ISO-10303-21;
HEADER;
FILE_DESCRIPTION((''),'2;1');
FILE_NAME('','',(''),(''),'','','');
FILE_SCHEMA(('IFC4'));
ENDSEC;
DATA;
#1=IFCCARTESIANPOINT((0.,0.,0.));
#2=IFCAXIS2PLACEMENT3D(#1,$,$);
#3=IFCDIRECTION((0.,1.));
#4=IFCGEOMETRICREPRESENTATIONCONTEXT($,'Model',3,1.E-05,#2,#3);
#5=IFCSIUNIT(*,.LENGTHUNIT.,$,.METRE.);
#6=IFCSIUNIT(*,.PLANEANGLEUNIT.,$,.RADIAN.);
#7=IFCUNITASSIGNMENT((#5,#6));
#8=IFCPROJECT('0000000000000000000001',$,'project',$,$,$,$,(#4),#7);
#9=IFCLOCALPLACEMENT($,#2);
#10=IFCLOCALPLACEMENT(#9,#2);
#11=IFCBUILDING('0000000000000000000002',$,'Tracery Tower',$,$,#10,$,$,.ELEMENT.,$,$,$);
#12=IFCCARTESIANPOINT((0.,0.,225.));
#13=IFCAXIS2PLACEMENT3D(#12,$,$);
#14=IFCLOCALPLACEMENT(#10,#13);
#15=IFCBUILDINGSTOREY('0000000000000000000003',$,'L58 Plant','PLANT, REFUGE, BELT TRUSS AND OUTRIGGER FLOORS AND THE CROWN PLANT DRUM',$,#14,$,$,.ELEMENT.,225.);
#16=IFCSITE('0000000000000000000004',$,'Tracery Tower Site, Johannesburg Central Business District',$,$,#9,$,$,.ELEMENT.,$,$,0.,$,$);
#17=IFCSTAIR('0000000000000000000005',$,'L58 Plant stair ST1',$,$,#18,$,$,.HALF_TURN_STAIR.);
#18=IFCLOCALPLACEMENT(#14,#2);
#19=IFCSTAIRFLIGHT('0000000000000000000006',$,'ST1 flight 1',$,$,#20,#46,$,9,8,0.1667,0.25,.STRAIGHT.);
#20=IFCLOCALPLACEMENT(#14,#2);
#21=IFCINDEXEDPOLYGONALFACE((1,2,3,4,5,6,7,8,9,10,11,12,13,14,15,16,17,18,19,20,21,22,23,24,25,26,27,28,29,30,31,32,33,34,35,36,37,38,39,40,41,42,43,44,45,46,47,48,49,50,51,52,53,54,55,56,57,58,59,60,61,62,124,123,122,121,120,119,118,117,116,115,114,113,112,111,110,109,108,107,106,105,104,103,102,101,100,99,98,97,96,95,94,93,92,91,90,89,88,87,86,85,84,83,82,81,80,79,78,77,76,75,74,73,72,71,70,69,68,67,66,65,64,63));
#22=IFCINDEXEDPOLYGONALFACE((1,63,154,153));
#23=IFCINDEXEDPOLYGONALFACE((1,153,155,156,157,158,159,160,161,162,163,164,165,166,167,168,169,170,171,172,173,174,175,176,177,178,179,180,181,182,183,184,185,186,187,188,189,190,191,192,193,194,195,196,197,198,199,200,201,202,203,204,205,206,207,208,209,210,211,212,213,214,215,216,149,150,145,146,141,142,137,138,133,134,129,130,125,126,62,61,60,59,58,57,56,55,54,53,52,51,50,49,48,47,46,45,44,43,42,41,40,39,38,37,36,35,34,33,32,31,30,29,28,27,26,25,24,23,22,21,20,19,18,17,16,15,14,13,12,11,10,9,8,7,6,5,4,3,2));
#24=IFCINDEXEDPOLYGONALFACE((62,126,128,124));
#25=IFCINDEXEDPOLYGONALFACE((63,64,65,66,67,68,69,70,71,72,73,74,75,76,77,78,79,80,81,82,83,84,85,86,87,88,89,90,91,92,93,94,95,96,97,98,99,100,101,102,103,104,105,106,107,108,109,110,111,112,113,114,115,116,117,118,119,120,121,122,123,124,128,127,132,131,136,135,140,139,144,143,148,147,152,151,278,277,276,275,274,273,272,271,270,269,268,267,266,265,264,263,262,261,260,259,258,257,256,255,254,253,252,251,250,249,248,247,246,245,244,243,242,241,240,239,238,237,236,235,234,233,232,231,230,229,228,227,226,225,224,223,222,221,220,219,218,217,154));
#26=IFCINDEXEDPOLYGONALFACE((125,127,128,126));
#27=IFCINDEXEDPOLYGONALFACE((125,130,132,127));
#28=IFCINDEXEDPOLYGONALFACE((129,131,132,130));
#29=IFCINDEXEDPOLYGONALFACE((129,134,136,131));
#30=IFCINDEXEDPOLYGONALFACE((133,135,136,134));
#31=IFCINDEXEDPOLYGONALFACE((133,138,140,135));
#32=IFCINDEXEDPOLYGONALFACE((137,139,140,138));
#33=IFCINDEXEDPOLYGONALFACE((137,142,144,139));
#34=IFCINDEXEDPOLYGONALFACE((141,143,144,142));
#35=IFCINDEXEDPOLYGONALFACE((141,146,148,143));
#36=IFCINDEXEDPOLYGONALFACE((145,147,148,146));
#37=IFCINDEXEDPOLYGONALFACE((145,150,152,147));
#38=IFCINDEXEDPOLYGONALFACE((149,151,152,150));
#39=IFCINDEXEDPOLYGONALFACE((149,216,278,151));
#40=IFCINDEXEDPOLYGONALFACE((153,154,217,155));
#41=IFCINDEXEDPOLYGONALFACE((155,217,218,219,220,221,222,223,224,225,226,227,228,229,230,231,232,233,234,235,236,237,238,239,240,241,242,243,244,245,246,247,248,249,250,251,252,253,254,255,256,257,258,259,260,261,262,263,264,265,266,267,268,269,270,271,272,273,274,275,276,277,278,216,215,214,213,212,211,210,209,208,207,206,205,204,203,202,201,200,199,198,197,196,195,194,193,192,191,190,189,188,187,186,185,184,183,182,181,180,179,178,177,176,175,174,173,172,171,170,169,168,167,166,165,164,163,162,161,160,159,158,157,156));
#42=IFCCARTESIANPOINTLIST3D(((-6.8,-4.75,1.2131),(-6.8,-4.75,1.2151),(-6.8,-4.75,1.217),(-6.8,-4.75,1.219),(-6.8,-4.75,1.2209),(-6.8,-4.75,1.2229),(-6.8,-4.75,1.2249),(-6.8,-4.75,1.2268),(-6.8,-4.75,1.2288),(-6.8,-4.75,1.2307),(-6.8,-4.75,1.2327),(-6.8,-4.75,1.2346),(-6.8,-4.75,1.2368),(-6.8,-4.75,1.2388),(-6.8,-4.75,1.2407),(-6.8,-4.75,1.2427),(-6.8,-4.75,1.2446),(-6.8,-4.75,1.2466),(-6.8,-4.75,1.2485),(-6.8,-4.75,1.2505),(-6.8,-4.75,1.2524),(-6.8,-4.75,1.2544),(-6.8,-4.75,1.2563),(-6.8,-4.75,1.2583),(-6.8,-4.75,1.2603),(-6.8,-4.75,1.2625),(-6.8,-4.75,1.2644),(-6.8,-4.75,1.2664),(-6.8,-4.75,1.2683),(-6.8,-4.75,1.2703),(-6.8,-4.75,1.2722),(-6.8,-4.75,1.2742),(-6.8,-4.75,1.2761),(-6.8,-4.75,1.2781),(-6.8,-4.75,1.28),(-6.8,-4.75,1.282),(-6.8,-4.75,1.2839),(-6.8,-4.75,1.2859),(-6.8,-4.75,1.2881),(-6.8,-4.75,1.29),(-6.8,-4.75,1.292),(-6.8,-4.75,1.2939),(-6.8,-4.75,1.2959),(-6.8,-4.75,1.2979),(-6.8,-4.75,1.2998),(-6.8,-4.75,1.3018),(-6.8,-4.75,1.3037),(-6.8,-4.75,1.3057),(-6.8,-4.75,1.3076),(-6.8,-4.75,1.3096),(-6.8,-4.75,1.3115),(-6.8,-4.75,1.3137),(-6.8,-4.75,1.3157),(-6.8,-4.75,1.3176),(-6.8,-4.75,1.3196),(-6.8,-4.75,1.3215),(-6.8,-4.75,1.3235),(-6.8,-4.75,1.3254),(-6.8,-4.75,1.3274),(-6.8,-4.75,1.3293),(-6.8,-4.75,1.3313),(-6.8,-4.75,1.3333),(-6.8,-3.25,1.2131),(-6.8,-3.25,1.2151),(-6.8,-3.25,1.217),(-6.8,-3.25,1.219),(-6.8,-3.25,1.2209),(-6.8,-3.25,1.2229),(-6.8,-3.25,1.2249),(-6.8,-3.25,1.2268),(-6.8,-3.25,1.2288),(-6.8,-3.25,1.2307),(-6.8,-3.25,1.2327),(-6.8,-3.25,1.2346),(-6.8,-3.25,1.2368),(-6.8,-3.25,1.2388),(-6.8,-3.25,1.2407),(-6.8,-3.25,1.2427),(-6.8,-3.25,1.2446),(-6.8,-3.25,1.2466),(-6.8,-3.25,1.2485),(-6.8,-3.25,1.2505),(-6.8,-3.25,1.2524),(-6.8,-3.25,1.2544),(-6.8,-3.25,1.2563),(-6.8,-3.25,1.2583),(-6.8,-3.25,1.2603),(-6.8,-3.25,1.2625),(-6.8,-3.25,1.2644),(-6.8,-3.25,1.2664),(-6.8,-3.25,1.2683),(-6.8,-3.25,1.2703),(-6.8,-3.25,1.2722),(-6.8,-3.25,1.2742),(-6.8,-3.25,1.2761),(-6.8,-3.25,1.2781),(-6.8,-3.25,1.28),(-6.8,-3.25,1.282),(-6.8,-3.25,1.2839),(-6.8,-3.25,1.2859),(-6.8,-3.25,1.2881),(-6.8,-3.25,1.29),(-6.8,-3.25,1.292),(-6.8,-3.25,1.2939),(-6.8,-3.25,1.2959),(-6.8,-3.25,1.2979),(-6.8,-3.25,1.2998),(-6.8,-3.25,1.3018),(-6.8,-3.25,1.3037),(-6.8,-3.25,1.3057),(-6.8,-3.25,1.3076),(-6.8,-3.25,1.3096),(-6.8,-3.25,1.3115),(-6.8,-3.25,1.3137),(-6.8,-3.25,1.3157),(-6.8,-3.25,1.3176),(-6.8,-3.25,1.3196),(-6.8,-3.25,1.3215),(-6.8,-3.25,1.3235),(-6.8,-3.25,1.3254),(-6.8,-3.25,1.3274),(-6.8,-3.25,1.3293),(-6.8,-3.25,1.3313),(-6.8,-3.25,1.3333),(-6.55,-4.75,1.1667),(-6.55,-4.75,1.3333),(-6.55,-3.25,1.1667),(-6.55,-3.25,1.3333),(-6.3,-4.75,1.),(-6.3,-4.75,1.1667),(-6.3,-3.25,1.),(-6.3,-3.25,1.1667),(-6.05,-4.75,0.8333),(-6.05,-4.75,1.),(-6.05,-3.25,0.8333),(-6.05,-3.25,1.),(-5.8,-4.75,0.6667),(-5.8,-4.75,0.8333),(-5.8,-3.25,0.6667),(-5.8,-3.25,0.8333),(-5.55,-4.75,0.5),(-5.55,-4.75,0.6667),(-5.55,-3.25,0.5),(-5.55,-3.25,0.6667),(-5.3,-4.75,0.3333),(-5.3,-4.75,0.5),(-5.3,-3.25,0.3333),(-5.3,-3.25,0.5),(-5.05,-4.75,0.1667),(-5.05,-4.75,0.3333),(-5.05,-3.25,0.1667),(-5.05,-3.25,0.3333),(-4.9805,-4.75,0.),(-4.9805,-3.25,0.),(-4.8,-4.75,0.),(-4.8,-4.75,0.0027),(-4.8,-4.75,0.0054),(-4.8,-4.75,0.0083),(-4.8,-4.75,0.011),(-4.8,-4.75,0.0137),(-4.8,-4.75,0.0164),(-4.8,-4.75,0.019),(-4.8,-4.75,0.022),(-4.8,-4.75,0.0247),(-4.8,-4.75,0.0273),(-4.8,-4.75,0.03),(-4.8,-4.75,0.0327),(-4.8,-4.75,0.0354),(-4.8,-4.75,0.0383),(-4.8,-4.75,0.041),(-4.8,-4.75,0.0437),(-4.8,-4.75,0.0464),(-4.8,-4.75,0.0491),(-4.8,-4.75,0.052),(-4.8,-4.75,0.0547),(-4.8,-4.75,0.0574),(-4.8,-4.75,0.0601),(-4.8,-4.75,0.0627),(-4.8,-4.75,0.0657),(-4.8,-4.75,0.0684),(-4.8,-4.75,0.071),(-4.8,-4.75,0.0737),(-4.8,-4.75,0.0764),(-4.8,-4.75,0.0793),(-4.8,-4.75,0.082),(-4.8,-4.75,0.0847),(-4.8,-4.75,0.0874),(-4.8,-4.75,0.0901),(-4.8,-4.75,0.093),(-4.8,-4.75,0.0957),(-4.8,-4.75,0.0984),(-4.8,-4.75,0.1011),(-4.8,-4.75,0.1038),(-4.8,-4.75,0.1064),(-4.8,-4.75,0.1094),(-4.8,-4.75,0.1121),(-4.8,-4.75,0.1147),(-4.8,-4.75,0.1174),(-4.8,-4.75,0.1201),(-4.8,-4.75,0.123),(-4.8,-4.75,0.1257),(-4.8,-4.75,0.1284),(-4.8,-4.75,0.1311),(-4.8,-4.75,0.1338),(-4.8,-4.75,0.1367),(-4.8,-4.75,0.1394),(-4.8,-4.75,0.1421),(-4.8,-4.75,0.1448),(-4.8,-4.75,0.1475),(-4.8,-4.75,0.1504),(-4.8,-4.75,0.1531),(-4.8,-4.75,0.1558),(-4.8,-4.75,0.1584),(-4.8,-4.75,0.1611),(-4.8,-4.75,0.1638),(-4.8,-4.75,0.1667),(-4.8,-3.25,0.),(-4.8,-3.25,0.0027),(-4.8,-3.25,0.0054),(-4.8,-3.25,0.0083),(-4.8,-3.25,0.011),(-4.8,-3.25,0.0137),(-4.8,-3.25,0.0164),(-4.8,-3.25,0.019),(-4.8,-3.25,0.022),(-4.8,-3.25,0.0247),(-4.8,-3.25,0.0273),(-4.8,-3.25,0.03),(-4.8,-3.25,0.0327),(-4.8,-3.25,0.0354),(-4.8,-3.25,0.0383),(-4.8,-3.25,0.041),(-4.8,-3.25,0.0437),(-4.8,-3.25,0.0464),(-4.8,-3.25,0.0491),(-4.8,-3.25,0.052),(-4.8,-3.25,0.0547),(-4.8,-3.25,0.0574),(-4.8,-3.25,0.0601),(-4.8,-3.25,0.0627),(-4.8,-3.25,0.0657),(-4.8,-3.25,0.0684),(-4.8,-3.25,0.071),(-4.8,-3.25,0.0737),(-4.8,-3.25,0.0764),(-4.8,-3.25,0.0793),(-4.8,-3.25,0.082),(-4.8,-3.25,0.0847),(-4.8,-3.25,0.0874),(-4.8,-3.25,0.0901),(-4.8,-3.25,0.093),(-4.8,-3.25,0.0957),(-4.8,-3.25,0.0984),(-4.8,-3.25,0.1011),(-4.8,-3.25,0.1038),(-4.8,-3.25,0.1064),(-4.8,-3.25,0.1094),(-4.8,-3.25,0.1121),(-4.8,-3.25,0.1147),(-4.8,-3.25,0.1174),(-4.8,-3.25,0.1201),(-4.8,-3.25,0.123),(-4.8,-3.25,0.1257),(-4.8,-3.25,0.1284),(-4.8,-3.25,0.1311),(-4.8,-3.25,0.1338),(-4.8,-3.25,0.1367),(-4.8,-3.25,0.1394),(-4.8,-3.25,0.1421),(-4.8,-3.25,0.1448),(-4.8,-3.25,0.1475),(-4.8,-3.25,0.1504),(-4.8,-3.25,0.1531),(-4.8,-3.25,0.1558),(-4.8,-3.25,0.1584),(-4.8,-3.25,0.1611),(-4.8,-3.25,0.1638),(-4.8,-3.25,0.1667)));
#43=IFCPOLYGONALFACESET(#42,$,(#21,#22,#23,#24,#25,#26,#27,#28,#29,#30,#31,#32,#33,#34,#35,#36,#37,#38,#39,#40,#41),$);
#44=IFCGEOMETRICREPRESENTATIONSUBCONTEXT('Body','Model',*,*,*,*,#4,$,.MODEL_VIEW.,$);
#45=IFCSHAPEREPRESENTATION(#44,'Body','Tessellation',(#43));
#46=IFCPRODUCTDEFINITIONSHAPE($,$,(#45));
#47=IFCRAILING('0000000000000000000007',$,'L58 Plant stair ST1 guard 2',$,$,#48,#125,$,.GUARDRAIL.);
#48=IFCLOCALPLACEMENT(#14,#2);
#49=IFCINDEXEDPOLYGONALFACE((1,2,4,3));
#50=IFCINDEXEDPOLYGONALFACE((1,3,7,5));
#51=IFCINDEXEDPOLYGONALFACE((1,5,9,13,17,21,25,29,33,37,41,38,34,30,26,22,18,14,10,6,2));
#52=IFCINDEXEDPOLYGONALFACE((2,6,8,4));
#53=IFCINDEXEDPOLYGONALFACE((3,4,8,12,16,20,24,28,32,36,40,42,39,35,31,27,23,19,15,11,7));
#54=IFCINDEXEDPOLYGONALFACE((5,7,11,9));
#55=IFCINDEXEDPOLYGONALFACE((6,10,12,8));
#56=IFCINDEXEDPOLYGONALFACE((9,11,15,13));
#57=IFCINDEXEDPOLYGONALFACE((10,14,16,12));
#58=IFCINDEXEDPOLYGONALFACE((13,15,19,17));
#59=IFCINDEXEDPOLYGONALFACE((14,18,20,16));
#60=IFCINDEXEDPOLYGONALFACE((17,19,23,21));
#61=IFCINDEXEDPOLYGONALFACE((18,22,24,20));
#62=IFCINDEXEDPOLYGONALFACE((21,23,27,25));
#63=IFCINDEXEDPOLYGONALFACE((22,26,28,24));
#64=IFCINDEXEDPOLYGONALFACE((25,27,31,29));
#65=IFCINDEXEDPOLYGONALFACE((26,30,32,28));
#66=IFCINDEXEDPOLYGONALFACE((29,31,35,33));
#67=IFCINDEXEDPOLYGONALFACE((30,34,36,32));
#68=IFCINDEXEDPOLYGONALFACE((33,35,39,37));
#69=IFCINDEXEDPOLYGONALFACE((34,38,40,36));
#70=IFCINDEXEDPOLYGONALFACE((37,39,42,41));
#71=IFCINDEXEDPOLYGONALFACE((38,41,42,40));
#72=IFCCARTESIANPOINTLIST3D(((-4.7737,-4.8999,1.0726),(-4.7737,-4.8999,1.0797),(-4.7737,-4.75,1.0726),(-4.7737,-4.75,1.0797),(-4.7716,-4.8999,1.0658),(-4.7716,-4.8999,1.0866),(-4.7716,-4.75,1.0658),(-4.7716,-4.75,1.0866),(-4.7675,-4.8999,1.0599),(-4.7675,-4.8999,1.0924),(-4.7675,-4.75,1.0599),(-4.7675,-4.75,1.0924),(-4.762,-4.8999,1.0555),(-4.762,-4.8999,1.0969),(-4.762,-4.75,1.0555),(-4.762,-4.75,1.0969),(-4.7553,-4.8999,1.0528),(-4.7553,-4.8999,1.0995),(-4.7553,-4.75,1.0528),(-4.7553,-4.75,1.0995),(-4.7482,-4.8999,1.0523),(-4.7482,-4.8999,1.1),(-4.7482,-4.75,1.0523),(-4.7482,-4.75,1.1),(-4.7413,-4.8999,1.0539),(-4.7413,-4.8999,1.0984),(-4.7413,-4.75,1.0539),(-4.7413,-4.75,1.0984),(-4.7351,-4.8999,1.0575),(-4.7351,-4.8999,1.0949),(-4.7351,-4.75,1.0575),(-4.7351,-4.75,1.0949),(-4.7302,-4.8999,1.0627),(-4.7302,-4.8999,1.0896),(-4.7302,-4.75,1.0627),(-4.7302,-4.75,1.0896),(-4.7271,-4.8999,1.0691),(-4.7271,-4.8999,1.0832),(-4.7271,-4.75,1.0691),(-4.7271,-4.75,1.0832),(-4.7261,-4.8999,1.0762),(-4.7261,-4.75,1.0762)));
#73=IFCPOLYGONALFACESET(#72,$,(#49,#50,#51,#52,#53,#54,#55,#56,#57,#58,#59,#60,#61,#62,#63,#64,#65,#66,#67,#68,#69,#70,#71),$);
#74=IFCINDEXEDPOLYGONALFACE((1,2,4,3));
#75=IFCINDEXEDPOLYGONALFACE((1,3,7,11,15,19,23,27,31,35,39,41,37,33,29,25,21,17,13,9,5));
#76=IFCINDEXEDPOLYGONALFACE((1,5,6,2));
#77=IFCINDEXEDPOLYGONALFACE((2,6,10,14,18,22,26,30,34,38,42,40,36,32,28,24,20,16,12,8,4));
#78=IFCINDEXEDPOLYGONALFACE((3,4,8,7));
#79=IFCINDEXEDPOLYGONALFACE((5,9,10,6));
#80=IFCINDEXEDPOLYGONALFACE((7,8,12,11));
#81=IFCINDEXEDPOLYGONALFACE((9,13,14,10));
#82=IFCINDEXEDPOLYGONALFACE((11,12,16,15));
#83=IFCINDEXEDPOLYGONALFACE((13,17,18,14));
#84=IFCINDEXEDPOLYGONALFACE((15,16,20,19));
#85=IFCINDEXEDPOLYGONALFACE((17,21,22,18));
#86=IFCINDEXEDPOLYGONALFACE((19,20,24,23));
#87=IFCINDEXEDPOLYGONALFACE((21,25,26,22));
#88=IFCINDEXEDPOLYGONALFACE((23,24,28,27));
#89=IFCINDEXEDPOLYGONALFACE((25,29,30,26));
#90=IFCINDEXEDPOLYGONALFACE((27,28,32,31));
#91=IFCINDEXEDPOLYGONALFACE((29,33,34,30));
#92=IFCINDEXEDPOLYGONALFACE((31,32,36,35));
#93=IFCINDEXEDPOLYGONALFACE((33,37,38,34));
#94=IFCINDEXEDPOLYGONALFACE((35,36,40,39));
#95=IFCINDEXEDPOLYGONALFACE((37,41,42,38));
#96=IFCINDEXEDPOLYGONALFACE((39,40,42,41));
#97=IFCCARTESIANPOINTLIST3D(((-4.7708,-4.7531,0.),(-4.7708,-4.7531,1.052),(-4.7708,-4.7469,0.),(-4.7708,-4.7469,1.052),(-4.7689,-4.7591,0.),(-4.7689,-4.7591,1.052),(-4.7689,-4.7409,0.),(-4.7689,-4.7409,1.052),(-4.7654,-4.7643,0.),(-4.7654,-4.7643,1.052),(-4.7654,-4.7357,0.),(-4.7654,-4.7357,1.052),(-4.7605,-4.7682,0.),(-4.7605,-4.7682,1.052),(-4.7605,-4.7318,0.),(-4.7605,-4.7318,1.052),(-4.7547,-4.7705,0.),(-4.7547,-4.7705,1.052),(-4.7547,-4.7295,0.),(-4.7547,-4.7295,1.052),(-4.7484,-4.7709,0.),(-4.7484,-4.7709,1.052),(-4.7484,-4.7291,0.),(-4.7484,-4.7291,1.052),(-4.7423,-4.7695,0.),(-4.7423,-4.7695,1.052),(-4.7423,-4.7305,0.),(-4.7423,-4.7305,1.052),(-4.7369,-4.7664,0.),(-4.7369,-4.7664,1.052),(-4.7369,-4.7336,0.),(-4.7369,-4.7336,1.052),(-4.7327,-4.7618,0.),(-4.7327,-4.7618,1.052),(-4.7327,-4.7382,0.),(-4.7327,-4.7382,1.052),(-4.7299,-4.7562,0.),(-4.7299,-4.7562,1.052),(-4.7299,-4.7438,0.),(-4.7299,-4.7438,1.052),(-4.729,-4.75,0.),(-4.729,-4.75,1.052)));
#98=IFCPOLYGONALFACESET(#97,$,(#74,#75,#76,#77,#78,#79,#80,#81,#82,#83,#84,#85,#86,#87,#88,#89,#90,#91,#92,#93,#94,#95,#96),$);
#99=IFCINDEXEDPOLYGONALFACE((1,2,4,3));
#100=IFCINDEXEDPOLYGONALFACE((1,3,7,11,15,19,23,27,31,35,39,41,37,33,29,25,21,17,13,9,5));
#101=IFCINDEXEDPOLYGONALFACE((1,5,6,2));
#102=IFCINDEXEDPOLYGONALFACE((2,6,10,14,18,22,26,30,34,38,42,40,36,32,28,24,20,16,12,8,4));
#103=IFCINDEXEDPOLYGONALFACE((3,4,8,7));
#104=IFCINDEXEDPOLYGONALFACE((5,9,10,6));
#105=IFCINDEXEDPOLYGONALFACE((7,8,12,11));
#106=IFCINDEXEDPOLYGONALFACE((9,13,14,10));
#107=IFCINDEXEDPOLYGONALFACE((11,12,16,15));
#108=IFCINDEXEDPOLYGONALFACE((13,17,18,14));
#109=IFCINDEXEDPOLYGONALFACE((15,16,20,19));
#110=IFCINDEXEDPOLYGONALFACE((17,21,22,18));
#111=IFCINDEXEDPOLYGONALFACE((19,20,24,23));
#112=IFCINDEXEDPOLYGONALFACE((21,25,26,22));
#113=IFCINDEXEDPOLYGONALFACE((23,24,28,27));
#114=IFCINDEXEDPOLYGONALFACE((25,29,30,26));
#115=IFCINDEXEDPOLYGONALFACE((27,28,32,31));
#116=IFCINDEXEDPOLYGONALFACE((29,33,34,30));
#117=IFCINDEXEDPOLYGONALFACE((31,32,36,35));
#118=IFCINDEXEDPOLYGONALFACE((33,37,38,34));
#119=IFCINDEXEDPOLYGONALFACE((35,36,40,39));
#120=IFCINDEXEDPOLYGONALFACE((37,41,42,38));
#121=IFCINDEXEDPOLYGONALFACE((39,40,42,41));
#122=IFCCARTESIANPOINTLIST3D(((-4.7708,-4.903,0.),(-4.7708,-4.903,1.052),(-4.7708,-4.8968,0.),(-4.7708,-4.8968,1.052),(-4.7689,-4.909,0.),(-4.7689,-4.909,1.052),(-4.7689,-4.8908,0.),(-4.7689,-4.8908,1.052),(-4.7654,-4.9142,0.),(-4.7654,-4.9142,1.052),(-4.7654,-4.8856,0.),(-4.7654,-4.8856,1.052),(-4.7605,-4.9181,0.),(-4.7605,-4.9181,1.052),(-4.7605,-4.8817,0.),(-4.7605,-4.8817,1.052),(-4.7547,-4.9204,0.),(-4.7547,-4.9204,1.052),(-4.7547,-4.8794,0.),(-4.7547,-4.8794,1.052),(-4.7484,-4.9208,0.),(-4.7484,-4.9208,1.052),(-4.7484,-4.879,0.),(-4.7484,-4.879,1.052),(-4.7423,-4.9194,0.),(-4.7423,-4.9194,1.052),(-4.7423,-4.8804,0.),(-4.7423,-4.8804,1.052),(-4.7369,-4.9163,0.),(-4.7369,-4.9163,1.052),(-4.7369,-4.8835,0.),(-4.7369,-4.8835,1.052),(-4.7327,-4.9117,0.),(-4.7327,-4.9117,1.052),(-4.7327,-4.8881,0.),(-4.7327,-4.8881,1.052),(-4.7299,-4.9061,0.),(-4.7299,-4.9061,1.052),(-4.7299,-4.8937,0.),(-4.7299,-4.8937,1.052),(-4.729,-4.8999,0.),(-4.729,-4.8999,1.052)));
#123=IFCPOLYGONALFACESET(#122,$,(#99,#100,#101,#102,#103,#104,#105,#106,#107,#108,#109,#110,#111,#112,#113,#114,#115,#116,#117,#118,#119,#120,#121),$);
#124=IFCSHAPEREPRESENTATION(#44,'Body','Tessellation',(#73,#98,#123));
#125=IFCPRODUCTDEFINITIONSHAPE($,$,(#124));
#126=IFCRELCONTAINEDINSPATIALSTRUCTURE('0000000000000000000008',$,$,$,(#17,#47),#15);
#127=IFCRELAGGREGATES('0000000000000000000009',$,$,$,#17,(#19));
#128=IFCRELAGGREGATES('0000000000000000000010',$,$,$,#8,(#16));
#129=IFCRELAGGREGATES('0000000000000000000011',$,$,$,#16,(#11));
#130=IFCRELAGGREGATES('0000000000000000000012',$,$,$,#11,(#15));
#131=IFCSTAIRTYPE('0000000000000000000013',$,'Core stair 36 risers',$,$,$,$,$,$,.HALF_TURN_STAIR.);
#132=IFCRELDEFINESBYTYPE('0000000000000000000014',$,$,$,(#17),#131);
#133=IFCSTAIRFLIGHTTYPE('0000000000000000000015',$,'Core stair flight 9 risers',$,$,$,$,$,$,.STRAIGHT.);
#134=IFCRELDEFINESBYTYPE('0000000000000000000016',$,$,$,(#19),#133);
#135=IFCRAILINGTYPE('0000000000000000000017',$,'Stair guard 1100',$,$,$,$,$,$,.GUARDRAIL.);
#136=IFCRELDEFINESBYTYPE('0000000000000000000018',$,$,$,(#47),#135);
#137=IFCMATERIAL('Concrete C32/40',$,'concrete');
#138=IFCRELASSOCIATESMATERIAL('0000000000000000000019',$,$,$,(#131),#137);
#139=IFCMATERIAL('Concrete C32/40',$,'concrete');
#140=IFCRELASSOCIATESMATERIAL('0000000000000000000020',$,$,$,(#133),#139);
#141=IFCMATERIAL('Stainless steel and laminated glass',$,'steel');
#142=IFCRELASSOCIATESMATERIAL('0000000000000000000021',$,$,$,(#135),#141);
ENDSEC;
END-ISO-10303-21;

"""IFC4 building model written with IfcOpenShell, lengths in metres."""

from ifc_helpers import new_model, si_unit, direction, frame, origin, origin_2d, place, context, subcontext, project, spatial, polyline, circle, outline, extrude, material, type_object, element, aggregate, save


model = new_model("IFC4")

# Units and contexts
model_context = context("Model", 3, precision=1e-05, world=origin(), true_north=direction((0.0, 1.0)))
body_context = subcontext(model_context, "Body", "Model", "MODEL_VIEW")
ifc_project = project(units=[si_unit("LENGTHUNIT", "METRE"), si_unit("PLANEANGLEUNIT", "RADIAN")], contexts=[model_context])

# Site, building, storey
site_placement = place(None, origin())
site = spatial("IfcSite", under=ifc_project, at=site_placement, Name="Tracery Tower Site, Johannesburg Central Business District", CompositionType="ELEMENT", RefElevation=0.0)
building_placement = place(site_placement, origin())
building = spatial("IfcBuilding", under=site, at=building_placement, Name="Tracery Tower", CompositionType="ELEMENT")
storey_placement = place(building_placement, frame((0.0, 0.0, 225.0)))
storey = spatial("IfcBuildingStorey", under=building, at=storey_placement, Name="L58 Plant", Description="PLANT, REFUGE, BELT TRUSS AND OUTRIGGER FLOORS AND THE CROWN PLANT DRUM", CompositionType="ELEMENT", Elevation=225.0)

# Stair, stair flight
ifc_material_1 = material(Name="Concrete C32/40", Category="concrete")
stair_type = type_object("IfcStairType", Name="Core stair 36 risers", PredefinedType="HALF_TURN_STAIR", material=ifc_material_1)
stair_placement = place(storey_placement, origin())
stair = element("IfcStair", 1, at=stair_placement, inside=storey, type_object=stair_type, Name="L58 Plant stair ST1", PredefinedType="HALF_TURN_STAIR")
ifc_material_2 = material(Name="Concrete C32/40", Category="concrete")
stair_flight_type = type_object("IfcStairFlightType", Name="Core stair flight 9 risers", PredefinedType="STRAIGHT", material=ifc_material_2)
stair_flight_1_placement = place(storey_placement, frame((-4.8, -4.0, 0.0), z_axis=(0.0, 0.0, 1.0), x_axis=(-1.0, 0.0, 0.0)))
stair_flight_1 = element("IfcStairFlight", 2, at=stair_flight_1_placement, type_object=stair_flight_type, Name="ST1 flight 1", NumberOfRisers=9, NumberOfTreads=8, PredefinedType="STRAIGHT", RiserHeight=0.1667, TreadLength=0.25, context=body_context, shape_type="SweptSolid", body=[
    extrude(outline(polyline([(0.0, 0.0), (0.0, 0.0027), (0.0, 0.0054), (0.0, 0.0083), (0.0, 0.011), (0.0, 0.0137), (0.0, 0.0164), (0.0, 0.019), (0.0, 0.022), (0.0, 0.0247), (0.0, 0.0273), (0.0, 0.03), (0.0, 0.0327), (0.0, 0.0354), (0.0, 0.0383), (0.0, 0.041), (0.0, 0.0437), (0.0, 0.0464), (0.0, 0.0491), (0.0, 0.052), (0.0, 0.0547), (0.0, 0.0574), (0.0, 0.0601), (0.0, 0.0627), (0.0, 0.0657), (0.0, 0.0684), (0.0, 0.071), (0.0, 0.0737), (0.0, 0.0764), (0.0, 0.0793), (0.0, 0.082), (0.0, 0.0847), (0.0, 0.0874), (0.0, 0.0901), (0.0, 0.093), (0.0, 0.0957), (0.0, 0.0984), (0.0, 0.1011), (0.0, 0.1038), (0.0, 0.1064), (0.0, 0.1094), (0.0, 0.1121), (0.0, 0.1147), (0.0, 0.1174), (0.0, 0.1201), (0.0, 0.123), (0.0, 0.1257), (0.0, 0.1284), (0.0, 0.1311), (0.0, 0.1338), (0.0, 0.1367), (0.0, 0.1394), (0.0, 0.1421), (0.0, 0.1448), (0.0, 0.1475), (0.0, 0.1504), (0.0, 0.1531), (0.0, 0.1558), (0.0, 0.1584), (0.0, 0.1611), (0.0, 0.1638), (0.0, 0.1667), (0.25, 0.1667), (0.25, 0.3333), (0.5, 0.3333), (0.5, 0.5), (0.75, 0.5), (0.75, 0.6667), (1.0, 0.6667), (1.0, 0.8333), (1.25, 0.8333), (1.25, 1.0), (1.5, 1.0), (1.5, 1.1667), (1.75, 1.1667), (1.75, 1.3333), (2.0, 1.3333), (2.0, 1.3313), (2.0, 1.3293), (2.0, 1.3274), (2.0, 1.3254), (2.0, 1.3235), (2.0, 1.3215), (2.0, 1.3196), (2.0, 1.3176), (2.0, 1.3157), (2.0, 1.3137), (2.0, 1.3115), (2.0, 1.3096), (2.0, 1.3076), (2.0, 1.3057), (2.0, 1.3037), (2.0, 1.3018), (2.0, 1.2998), (2.0, 1.2979), (2.0, 1.2959), (2.0, 1.2939), (2.0, 1.292), (2.0, 1.29), (2.0, 1.2881), (2.0, 1.2859), (2.0, 1.2839), (2.0, 1.282), (2.0, 1.28), (2.0, 1.2781), (2.0, 1.2761), (2.0, 1.2742), (2.0, 1.2722), (2.0, 1.2703), (2.0, 1.2683), (2.0, 1.2664), (2.0, 1.2644), (2.0, 1.2625), (2.0, 1.2603), (2.0, 1.2583), (2.0, 1.2563), (2.0, 1.2544), (2.0, 1.2524), (2.0, 1.2505), (2.0, 1.2485), (2.0, 1.2466), (2.0, 1.2446), (2.0, 1.2427), (2.0, 1.2407), (2.0, 1.2388), (2.0, 1.2368), (2.0, 1.2346), (2.0, 1.2327), (2.0, 1.2307), (2.0, 1.2288), (2.0, 1.2268), (2.0, 1.2249), (2.0, 1.2229), (2.0, 1.2209), (2.0, 1.219), (2.0, 1.217), (2.0, 1.2151), (2.0, 1.2131), (0.1804, 0.0), (0.0, 0.0)])), frame((0.0, 0.75, 0.0), z_axis=(0.0, -1.0, 0.0), x_axis=(1.0, 0.0, 0.0)), (0.0, 0.0, 1.0), 1.5),
])
aggregate(stair, [stair_flight_1])

# Railing
ifc_material_3 = material(Name="Stainless steel and laminated glass", Category="steel")
railing_type_1 = type_object("IfcRailingType", Name="Stair guard 1100", PredefinedType="GUARDRAIL", material=ifc_material_3)
railing_1_placement = place(storey_placement, frame((-4.75, -4.75, 0.0)))
element("IfcRailing", 3, at=railing_1_placement, inside=storey, type_object=railing_type_1, Name="L58 Plant stair ST1 guard 2", PredefinedType="GUARDRAIL", context=body_context, shape_type="SweptSolid", body=[
    extrude(circle(Radius=0.0239, at=origin_2d()), frame((0.0, 0.0, 1.0762), z_axis=(0.0, -1.0, 0.0), x_axis=(1.0, 0.0, 0.0)), (0.0, 0.0, 1.0), 0.1499),
    extrude(circle(Radius=0.021, at=origin_2d()), origin(), (0.0, 0.0, 1.0), 1.052),
    extrude(circle(Radius=0.021, at=origin_2d()), frame((0.0, -0.1499, 0.0)), (0.0, 0.0, 1.0), 1.052),
])

save(model, "model.ifc")
